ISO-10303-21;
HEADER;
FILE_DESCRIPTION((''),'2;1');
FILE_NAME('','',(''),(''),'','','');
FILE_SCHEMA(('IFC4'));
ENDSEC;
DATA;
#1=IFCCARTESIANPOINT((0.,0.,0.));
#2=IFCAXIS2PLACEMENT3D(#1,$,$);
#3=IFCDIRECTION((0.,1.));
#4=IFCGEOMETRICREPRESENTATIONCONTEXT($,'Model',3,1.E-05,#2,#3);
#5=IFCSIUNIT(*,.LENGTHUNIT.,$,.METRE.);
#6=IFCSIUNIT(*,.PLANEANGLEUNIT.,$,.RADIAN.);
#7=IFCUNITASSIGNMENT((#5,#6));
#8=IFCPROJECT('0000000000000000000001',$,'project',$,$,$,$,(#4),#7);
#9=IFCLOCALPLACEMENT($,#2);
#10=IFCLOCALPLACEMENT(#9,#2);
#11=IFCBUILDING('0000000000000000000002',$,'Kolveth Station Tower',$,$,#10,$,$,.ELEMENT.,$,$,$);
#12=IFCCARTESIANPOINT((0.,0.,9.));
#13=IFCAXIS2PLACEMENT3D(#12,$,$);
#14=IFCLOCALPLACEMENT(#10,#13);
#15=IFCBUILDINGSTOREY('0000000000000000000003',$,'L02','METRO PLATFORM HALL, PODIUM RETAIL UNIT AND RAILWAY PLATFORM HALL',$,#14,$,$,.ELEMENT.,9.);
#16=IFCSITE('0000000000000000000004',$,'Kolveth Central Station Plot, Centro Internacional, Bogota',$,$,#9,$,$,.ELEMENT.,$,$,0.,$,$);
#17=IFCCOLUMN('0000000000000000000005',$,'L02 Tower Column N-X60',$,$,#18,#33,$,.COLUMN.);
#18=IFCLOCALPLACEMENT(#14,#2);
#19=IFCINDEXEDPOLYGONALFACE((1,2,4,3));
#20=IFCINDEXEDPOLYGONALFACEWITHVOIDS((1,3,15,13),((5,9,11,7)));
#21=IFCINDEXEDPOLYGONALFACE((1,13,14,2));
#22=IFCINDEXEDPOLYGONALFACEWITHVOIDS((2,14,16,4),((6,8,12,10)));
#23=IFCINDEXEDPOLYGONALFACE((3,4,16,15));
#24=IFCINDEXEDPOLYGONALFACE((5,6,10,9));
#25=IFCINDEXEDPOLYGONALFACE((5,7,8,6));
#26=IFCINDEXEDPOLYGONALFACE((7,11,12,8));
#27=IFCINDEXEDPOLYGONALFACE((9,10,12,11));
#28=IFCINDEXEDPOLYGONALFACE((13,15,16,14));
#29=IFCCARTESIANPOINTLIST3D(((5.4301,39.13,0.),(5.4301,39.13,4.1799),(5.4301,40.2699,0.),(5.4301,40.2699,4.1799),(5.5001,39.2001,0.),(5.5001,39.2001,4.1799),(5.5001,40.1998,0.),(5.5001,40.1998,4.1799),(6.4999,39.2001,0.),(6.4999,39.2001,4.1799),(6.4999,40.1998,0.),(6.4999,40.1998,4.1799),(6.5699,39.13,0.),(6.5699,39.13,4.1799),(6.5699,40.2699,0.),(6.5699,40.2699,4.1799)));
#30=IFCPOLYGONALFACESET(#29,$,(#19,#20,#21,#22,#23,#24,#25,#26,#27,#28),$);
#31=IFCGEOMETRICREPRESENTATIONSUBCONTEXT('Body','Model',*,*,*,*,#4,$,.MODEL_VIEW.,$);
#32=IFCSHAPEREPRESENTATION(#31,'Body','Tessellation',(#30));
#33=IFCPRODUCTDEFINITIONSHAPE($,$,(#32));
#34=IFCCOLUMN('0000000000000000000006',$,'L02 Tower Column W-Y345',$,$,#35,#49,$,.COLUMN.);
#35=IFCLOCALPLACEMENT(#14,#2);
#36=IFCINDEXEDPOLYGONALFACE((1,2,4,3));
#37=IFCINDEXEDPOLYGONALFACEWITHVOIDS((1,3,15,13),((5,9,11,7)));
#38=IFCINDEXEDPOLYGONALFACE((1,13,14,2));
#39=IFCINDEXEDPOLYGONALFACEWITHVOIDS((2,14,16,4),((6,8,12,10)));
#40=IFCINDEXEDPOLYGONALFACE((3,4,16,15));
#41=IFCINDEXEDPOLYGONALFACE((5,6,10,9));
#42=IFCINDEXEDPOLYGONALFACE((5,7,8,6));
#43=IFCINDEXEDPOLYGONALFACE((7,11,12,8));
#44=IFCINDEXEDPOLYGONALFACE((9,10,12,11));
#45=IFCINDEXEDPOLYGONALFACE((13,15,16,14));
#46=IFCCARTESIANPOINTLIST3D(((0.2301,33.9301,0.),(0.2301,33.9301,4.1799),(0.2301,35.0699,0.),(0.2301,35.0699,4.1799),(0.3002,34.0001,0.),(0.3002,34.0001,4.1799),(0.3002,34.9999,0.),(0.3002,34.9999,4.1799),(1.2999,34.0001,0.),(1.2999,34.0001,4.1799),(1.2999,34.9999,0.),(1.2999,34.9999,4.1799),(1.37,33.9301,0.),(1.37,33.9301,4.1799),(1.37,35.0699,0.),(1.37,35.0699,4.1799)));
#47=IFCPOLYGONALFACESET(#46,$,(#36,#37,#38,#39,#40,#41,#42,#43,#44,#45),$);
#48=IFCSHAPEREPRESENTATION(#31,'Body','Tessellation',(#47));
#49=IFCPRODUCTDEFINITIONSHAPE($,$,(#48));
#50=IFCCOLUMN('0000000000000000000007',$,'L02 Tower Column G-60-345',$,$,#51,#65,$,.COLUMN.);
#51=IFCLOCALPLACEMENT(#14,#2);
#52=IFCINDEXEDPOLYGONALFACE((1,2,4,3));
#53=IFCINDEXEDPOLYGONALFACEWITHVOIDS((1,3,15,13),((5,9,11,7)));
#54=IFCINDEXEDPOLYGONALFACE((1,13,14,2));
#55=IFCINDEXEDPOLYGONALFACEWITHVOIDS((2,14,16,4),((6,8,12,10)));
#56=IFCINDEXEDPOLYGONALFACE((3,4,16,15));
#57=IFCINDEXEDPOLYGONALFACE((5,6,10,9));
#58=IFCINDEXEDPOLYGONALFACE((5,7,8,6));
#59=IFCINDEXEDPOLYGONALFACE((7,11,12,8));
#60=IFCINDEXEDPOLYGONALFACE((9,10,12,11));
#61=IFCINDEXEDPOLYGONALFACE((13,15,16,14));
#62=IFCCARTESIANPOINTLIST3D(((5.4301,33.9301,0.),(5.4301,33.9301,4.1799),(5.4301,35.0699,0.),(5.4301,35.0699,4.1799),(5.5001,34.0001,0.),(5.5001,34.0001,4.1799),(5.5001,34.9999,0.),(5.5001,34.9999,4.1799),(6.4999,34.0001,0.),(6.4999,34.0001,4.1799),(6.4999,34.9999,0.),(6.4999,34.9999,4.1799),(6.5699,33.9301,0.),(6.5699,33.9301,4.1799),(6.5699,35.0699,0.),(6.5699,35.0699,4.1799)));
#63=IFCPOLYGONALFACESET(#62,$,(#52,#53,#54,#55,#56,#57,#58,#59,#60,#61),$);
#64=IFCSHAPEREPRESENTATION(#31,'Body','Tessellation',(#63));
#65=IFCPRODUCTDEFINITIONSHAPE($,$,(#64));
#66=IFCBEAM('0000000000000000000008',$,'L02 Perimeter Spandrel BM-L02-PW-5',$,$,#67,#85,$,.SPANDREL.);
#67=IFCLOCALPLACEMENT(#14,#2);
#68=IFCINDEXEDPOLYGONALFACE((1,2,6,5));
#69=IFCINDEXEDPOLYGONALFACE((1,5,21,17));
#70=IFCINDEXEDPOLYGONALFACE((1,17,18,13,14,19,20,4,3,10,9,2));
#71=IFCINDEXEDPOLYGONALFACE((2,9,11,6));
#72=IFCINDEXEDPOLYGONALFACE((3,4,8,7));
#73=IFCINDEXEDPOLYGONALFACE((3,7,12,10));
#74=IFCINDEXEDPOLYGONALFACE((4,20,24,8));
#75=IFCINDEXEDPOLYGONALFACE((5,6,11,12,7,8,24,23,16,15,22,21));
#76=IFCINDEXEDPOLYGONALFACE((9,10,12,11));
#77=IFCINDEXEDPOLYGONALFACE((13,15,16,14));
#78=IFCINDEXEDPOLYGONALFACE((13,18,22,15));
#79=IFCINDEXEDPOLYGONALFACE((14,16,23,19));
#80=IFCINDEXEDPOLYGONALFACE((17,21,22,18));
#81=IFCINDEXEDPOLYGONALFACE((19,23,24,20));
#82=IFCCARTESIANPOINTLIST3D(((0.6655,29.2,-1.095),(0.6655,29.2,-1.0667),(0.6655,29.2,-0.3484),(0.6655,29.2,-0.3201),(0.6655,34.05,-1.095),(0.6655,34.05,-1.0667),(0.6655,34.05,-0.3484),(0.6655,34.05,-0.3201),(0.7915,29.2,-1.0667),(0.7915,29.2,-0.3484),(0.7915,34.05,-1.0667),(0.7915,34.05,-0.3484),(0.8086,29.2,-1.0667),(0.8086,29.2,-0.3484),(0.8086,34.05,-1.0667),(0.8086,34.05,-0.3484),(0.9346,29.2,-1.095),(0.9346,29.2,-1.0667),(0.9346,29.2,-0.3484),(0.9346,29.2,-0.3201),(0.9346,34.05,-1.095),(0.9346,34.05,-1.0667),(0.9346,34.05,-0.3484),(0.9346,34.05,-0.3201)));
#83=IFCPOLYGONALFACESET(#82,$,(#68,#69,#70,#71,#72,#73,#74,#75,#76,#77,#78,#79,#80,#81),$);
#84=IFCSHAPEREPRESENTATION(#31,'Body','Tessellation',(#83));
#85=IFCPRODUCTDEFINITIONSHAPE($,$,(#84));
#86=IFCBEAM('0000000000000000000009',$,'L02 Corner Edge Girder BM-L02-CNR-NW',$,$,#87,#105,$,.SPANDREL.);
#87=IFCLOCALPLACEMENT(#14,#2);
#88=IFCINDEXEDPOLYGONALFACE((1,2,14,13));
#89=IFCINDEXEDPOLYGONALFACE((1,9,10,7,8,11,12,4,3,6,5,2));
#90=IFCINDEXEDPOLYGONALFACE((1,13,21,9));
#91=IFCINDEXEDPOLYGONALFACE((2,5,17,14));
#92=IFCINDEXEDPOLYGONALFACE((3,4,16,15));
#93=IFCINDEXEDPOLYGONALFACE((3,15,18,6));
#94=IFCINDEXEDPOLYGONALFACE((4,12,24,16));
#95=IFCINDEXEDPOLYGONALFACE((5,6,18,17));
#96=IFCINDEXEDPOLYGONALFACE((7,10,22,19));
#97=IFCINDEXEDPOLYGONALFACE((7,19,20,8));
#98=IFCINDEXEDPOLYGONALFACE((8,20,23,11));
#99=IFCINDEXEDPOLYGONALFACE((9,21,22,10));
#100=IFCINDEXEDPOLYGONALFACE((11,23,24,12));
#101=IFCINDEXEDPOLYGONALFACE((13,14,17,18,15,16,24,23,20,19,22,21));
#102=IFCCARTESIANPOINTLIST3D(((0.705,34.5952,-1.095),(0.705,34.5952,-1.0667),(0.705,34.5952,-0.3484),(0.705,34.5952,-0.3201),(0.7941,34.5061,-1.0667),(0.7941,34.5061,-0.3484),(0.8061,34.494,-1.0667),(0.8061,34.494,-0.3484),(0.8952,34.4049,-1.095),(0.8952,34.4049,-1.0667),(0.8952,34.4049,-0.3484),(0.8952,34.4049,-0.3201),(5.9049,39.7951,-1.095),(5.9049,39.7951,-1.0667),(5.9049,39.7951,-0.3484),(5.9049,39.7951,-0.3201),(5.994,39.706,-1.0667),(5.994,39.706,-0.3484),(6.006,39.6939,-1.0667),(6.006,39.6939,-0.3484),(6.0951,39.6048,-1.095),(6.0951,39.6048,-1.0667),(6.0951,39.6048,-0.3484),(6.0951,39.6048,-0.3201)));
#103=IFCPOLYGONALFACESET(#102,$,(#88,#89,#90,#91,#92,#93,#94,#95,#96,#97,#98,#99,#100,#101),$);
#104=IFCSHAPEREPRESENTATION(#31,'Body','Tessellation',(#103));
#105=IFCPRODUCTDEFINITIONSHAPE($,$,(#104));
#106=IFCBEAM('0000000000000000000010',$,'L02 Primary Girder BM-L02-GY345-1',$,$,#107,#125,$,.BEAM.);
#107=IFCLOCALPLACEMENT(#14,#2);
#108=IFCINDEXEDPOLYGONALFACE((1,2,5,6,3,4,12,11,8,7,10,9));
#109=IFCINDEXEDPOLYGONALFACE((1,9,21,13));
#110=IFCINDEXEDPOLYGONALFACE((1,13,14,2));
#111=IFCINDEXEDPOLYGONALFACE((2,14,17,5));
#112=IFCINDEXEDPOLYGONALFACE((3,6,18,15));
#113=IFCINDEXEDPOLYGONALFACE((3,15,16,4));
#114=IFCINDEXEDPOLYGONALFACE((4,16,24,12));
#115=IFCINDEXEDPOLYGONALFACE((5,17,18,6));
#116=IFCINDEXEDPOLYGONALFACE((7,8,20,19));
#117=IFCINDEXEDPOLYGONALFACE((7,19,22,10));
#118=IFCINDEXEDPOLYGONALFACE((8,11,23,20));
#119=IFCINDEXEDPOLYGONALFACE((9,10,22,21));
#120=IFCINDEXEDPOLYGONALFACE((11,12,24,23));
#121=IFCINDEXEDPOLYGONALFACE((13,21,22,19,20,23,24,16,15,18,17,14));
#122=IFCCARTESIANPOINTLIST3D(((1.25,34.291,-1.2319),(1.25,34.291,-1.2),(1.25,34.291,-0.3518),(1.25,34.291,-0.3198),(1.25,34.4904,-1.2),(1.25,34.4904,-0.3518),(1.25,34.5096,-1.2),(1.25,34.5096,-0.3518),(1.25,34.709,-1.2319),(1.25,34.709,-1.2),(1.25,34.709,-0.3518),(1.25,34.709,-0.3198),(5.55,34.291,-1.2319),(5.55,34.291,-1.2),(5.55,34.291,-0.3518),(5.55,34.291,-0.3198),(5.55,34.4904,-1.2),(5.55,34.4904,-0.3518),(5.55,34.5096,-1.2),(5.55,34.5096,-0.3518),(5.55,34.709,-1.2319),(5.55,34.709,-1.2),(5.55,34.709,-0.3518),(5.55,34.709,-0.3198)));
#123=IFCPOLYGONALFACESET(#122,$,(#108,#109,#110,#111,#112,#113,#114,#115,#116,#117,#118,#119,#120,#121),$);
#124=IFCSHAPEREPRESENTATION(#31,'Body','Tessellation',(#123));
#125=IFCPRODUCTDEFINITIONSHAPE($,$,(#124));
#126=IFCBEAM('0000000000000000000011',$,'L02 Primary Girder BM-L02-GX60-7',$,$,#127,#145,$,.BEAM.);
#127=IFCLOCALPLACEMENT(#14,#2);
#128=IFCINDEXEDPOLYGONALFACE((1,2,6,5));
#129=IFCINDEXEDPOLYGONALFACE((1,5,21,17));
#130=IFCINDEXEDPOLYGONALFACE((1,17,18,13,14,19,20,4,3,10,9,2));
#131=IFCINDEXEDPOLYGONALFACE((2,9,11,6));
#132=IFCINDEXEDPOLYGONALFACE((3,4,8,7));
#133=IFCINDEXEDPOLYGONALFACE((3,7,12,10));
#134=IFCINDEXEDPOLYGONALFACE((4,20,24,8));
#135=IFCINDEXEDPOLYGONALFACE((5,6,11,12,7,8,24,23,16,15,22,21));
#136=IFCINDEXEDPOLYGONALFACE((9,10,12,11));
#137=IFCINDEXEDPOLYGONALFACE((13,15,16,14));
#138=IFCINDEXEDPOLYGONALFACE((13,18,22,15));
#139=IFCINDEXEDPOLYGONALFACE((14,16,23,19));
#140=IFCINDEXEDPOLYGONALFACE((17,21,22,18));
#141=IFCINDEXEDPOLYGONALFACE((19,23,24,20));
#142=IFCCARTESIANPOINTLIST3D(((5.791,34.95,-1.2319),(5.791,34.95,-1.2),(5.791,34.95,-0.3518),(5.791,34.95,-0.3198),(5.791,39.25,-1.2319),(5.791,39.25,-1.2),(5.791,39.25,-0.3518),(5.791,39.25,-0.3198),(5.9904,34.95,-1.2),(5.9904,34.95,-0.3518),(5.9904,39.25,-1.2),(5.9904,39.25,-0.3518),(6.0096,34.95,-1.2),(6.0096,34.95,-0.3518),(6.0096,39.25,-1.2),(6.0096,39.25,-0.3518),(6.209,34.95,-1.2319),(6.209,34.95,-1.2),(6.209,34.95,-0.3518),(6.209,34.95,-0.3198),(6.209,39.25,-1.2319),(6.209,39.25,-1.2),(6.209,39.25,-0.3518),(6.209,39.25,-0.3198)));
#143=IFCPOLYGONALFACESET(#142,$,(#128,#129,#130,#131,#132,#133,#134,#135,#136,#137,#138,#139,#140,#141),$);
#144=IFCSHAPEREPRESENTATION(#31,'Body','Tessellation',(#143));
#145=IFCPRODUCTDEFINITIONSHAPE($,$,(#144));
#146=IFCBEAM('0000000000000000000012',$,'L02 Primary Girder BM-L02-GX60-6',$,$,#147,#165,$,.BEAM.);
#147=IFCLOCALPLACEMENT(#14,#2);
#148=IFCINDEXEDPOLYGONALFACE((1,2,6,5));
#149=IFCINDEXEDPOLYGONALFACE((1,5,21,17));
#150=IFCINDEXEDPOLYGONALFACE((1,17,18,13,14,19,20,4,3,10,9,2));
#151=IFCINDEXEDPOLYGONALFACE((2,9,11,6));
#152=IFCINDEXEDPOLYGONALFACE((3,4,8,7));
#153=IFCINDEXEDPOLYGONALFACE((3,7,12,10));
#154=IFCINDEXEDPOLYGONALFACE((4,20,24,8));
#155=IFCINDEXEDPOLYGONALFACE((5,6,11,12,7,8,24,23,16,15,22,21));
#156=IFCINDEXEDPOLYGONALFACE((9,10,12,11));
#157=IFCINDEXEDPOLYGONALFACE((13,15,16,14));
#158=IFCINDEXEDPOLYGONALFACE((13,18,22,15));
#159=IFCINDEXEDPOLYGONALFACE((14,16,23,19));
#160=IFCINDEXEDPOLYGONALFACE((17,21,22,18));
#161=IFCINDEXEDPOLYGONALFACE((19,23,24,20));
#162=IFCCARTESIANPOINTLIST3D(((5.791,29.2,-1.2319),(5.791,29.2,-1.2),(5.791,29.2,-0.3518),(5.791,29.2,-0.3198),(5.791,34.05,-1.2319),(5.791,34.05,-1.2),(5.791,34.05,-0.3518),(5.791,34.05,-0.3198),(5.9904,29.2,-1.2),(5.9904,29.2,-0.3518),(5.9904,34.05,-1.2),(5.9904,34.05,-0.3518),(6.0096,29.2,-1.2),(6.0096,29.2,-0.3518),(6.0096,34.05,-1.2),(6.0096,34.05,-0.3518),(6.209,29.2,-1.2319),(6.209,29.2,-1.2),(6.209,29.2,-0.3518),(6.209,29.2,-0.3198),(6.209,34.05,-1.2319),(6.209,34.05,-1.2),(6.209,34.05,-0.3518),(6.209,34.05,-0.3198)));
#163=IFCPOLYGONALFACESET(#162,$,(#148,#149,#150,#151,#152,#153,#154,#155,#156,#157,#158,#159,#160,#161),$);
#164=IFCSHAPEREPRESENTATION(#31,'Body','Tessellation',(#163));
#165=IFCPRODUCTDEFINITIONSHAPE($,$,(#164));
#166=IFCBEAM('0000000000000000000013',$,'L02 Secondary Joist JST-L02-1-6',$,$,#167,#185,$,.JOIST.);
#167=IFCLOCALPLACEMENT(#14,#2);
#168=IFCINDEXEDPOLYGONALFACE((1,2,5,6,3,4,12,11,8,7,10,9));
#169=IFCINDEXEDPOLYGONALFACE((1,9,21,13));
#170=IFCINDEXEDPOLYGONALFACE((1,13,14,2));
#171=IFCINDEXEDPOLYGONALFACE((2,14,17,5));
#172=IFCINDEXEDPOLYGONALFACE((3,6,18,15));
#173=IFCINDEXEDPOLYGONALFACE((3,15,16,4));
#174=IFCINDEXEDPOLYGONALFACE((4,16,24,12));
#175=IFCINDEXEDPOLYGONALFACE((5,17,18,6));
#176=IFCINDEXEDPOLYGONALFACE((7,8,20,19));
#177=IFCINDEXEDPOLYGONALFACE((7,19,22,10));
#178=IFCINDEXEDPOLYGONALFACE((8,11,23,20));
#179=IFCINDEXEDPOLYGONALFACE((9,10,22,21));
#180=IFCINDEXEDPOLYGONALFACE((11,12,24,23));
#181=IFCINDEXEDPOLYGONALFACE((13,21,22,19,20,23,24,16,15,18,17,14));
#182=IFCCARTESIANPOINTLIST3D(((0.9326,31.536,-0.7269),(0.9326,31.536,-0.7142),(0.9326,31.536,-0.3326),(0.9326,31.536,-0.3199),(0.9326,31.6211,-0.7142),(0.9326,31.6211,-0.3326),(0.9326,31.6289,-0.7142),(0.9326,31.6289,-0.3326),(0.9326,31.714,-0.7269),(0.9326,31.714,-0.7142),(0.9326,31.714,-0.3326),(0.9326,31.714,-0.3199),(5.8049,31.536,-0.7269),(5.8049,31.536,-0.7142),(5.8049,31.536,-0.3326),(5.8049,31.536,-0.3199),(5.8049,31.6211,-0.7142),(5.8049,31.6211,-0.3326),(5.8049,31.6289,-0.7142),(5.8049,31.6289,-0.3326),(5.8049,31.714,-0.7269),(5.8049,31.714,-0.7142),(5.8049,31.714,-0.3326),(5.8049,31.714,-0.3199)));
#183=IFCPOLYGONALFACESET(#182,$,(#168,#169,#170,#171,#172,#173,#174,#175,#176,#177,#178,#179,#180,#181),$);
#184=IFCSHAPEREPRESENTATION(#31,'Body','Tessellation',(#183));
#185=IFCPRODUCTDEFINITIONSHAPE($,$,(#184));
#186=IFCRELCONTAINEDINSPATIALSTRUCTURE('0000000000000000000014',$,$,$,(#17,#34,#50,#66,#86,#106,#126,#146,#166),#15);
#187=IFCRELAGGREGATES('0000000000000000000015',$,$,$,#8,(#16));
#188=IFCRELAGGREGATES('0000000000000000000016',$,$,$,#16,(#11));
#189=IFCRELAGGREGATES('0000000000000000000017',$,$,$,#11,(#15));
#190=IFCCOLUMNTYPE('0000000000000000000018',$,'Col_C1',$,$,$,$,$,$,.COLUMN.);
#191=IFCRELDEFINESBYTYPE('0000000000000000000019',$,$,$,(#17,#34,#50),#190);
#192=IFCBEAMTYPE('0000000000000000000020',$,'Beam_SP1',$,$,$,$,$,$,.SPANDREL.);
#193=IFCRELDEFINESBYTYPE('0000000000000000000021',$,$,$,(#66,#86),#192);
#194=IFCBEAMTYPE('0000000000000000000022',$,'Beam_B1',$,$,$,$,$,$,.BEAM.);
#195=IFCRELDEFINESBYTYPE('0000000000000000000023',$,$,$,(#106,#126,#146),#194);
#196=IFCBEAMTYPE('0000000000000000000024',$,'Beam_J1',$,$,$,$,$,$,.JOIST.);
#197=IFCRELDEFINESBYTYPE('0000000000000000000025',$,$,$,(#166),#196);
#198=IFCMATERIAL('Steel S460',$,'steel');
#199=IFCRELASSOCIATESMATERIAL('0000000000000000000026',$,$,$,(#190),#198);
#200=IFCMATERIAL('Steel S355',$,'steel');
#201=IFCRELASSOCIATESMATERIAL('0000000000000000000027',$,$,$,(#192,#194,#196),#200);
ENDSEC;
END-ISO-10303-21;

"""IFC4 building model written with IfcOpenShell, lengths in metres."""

from ifc_helpers import new_model, si_unit, direction, frame, origin, origin_2d, place, context, subcontext, project, spatial, hollow_rectangle, i_section, extrude, source, transform, mapped, material, material_profile, profile_set, type_object, element, save


model = new_model("IFC4")

# Units and contexts
model_context = context("Model", 3, precision=1e-05, world=origin(), true_north=direction((0.0, 1.0)))
body_context = subcontext(model_context, "Body", "Model", "MODEL_VIEW")
ifc_project = project(units=[si_unit("LENGTHUNIT", "METRE"), si_unit("PLANEANGLEUNIT", "RADIAN")], contexts=[model_context])

# Site, building, storey
site_placement = place(None, origin())
site = spatial("IfcSite", under=ifc_project, at=site_placement, Name="Kolveth Central Station Plot, Centro Internacional, Bogota", CompositionType="ELEMENT", RefElevation=0.0)
building_placement = place(site_placement, origin())
building = spatial("IfcBuilding", under=site, at=building_placement, Name="Kolveth Station Tower", CompositionType="ELEMENT")
storey_placement = place(building_placement, frame((0.0, 0.0, 9.0)))
storey = spatial("IfcBuildingStorey", under=building, at=storey_placement, Name="L02", Description="METRO PLATFORM HALL, PODIUM RETAIL UNIT AND RAILWAY PLATFORM HALL", CompositionType="ELEMENT", Elevation=9.0)

# Columns
ifc_material_1 = material(Name="Steel S460", Category="steel")
ifc_material_profile_1 = material_profile(ifc_material_1, hollow_rectangle(XDim=1.1399, YDim=1.1399, WallThickness=0.0701, at=origin_2d()), Name="BOX1140x1140x70")
ifc_profile_set_1 = profile_set([ifc_material_profile_1], Name="Steel S460")
column_type = type_object("IfcColumnType", Name="Col_C1", PredefinedType="COLUMN", material=ifc_profile_set_1)
shared_shape_1 = source(origin(), body_context, "Body", "SweptSolid", [
    extrude(hollow_rectangle(XDim=1.1399, YDim=1.1399, WallThickness=0.0701, at=origin_2d()), origin(), (0.0, 0.0, 1.0), 4.1799),
])
for number, where, z_axis, x_axis, name in (
    (1, (6.0, 39.7, 0.0), (0.0, 0.0, 1.0), (1.0, 0.0, 0.0), "L02 Tower Column N-X60"),
    (2, (0.8, 34.5, 0.0), (0.0, 0.0, 1.0), (1.0, 0.0, 0.0), "L02 Tower Column W-Y345"),
    (3, (6.0, 34.5, 0.0), (0.0, 0.0, 1.0), (1.0, 0.0, 0.0), "L02 Tower Column G-60-345"),
):
    element("IfcColumn", number, at=place(storey_placement, frame(where, z_axis=z_axis, x_axis=x_axis)), inside=storey, type_object=column_type, Name=name, PredefinedType="COLUMN", context=body_context, shape_type="MappedRepresentation", body=[
        mapped(shared_shape_1, transform((0.0, 0.0, 0.0), x_axis=(1.0, 0.0, 0.0), y_axis=(0.0, 1.0, 0.0), z_axis=(0.0, 0.0, 1.0), scale=1.0)),
    ])

# Beams
ifc_material_2 = material(Name="Steel S355", Category="steel")
ifc_material_profile_2 = material_profile(ifc_material_2, i_section(OverallWidth=0.269, OverallDepth=0.7749, WebThickness=0.0171, FlangeThickness=0.0283, at=origin_2d()), Name="W760x220")
ifc_profile_set_2 = profile_set([ifc_material_profile_2], Name="Steel S355")
beam_type_1 = type_object("IfcBeamType", Name="Beam_SP1", PredefinedType="SPANDREL", material=ifc_profile_set_2)
shared_shape_2 = source(origin(), body_context, "Body", "SweptSolid", [
    extrude(i_section(OverallWidth=0.269, OverallDepth=0.7749, WebThickness=0.0171, FlangeThickness=0.0283, at=origin_2d()), origin(), (0.0, 0.0, 1.0), 4.8501),
])
beam_1_placement = place(storey_placement, frame((0.8, 29.2, -0.7075), z_axis=(0.0, 1.0, 0.0), x_axis=(-1.0, 0.0, 0.0)))
element("IfcBeam", 4, at=beam_1_placement, inside=storey, type_object=beam_type_1, Name="L02 Perimeter Spandrel BM-L02-PW-5", PredefinedType="SPANDREL", context=body_context, shape_type="MappedRepresentation", body=[
    mapped(shared_shape_2, transform((0.0, 0.0, 0.0), x_axis=(1.0, 0.0, 0.0), y_axis=(0.0, 1.0, 0.0), z_axis=(0.0, 0.0, 1.0), scale=1.0)),
])
shared_shape_3 = source(origin(), body_context, "Body", "SweptSolid", [
    extrude(i_section(OverallWidth=0.269, OverallDepth=0.7749, WebThickness=0.0171, FlangeThickness=0.0283, at=origin_2d()), origin(), (0.0, 0.0, 1.0), 7.3538),
])
beam_2_placement = place(storey_placement, frame((6.0, 39.7, -0.7075), z_axis=(-0.707107, -0.707107, 0.0), x_axis=(0.707107, -0.707107, 0.0)))
element("IfcBeam", 5, at=beam_2_placement, inside=storey, type_object=beam_type_1, Name="L02 Corner Edge Girder BM-L02-CNR-NW", PredefinedType="SPANDREL", context=body_context, shape_type="MappedRepresentation", body=[
    mapped(shared_shape_3, transform((0.0, 0.0, 0.0), x_axis=(1.0, 0.0, 0.0), y_axis=(0.0, 1.0, 0.0), z_axis=(0.0, 0.0, 1.0), scale=1.0)),
])
ifc_material_profile_3 = material_profile(ifc_material_2, i_section(OverallWidth=0.418, OverallDepth=0.9121, WebThickness=0.0193, FlangeThickness=0.032, at=origin_2d()), Name="W920x342")
ifc_profile_set_3 = profile_set([ifc_material_profile_3], Name="Steel S355")
beam_type_2 = type_object("IfcBeamType", Name="Beam_B1", PredefinedType="BEAM", material=ifc_profile_set_3)
shared_shape_4 = source(origin(), body_context, "Body", "SweptSolid", [
    extrude(i_section(OverallWidth=0.418, OverallDepth=0.9121, WebThickness=0.0193, FlangeThickness=0.032, at=origin_2d()), origin(), (0.0, 0.0, 1.0), 4.3),
])
for number, where, z_axis, x_axis, name in (
    (6, (1.25, 34.5, -0.7759), (1.0, 0.0, 0.0), (0.0, 1.0, 0.0), "L02 Primary Girder BM-L02-GY345-1"),
    (7, (6.0, 34.95, -0.7759), (0.0, 1.0, 0.0), (-1.0, 0.0, 0.0), "L02 Primary Girder BM-L02-GX60-7"),
):
    element("IfcBeam", number, at=place(storey_placement, frame(where, z_axis=z_axis, x_axis=x_axis)), inside=storey, type_object=beam_type_2, Name=name, PredefinedType="BEAM", context=body_context, shape_type="MappedRepresentation", body=[
        mapped(shared_shape_4, transform((0.0, 0.0, 0.0), x_axis=(1.0, 0.0, 0.0), y_axis=(0.0, 1.0, 0.0), z_axis=(0.0, 0.0, 1.0), scale=1.0)),
    ])
shared_shape_5 = source(origin(), body_context, "Body", "SweptSolid", [
    extrude(i_section(OverallWidth=0.418, OverallDepth=0.9121, WebThickness=0.0193, FlangeThickness=0.032, at=origin_2d()), origin(), (0.0, 0.0, 1.0), 4.8501),
])
beam_3_placement = place(storey_placement, frame((6.0, 29.2, -0.7759), z_axis=(0.0, 1.0, 0.0), x_axis=(-1.0, 0.0, 0.0)))
element("IfcBeam", 8, at=beam_3_placement, inside=storey, type_object=beam_type_2, Name="L02 Primary Girder BM-L02-GX60-6", PredefinedType="BEAM", context=body_context, shape_type="MappedRepresentation", body=[
    mapped(shared_shape_5, transform((0.0, 0.0, 0.0), x_axis=(1.0, 0.0, 0.0), y_axis=(0.0, 1.0, 0.0), z_axis=(0.0, 0.0, 1.0), scale=1.0)),
])
ifc_material_profile_4 = material_profile(ifc_material_2, i_section(OverallWidth=0.178, OverallDepth=0.407, WebThickness=0.0078, FlangeThickness=0.0127, at=origin_2d()), Name="W410x60")
ifc_profile_set_4 = profile_set([ifc_material_profile_4], Name="Steel S355")
beam_type_3 = type_object("IfcBeamType", Name="Beam_J1", PredefinedType="JOIST", material=ifc_profile_set_4)
shared_shape_6 = source(origin(), body_context, "Body", "SweptSolid", [
    extrude(i_section(OverallWidth=0.178, OverallDepth=0.407, WebThickness=0.0078, FlangeThickness=0.0127, at=origin_2d()), origin(), (0.0, 0.0, 1.0), 4.8723),
])
beam_4_placement = place(storey_placement, frame((0.9326, 31.625, -0.5234), z_axis=(1.0, 0.0, 0.0), x_axis=(0.0, 1.0, 0.0)))
element("IfcBeam", 9, at=beam_4_placement, inside=storey, type_object=beam_type_3, Name="L02 Secondary Joist JST-L02-1-6", PredefinedType="JOIST", context=body_context, shape_type="MappedRepresentation", body=[
    mapped(shared_shape_6, transform((0.0, 0.0, 0.0), x_axis=(1.0, 0.0, 0.0), y_axis=(0.0, 1.0, 0.0), z_axis=(0.0, 0.0, 1.0), scale=1.0)),
])

save(model, "model.ifc")
